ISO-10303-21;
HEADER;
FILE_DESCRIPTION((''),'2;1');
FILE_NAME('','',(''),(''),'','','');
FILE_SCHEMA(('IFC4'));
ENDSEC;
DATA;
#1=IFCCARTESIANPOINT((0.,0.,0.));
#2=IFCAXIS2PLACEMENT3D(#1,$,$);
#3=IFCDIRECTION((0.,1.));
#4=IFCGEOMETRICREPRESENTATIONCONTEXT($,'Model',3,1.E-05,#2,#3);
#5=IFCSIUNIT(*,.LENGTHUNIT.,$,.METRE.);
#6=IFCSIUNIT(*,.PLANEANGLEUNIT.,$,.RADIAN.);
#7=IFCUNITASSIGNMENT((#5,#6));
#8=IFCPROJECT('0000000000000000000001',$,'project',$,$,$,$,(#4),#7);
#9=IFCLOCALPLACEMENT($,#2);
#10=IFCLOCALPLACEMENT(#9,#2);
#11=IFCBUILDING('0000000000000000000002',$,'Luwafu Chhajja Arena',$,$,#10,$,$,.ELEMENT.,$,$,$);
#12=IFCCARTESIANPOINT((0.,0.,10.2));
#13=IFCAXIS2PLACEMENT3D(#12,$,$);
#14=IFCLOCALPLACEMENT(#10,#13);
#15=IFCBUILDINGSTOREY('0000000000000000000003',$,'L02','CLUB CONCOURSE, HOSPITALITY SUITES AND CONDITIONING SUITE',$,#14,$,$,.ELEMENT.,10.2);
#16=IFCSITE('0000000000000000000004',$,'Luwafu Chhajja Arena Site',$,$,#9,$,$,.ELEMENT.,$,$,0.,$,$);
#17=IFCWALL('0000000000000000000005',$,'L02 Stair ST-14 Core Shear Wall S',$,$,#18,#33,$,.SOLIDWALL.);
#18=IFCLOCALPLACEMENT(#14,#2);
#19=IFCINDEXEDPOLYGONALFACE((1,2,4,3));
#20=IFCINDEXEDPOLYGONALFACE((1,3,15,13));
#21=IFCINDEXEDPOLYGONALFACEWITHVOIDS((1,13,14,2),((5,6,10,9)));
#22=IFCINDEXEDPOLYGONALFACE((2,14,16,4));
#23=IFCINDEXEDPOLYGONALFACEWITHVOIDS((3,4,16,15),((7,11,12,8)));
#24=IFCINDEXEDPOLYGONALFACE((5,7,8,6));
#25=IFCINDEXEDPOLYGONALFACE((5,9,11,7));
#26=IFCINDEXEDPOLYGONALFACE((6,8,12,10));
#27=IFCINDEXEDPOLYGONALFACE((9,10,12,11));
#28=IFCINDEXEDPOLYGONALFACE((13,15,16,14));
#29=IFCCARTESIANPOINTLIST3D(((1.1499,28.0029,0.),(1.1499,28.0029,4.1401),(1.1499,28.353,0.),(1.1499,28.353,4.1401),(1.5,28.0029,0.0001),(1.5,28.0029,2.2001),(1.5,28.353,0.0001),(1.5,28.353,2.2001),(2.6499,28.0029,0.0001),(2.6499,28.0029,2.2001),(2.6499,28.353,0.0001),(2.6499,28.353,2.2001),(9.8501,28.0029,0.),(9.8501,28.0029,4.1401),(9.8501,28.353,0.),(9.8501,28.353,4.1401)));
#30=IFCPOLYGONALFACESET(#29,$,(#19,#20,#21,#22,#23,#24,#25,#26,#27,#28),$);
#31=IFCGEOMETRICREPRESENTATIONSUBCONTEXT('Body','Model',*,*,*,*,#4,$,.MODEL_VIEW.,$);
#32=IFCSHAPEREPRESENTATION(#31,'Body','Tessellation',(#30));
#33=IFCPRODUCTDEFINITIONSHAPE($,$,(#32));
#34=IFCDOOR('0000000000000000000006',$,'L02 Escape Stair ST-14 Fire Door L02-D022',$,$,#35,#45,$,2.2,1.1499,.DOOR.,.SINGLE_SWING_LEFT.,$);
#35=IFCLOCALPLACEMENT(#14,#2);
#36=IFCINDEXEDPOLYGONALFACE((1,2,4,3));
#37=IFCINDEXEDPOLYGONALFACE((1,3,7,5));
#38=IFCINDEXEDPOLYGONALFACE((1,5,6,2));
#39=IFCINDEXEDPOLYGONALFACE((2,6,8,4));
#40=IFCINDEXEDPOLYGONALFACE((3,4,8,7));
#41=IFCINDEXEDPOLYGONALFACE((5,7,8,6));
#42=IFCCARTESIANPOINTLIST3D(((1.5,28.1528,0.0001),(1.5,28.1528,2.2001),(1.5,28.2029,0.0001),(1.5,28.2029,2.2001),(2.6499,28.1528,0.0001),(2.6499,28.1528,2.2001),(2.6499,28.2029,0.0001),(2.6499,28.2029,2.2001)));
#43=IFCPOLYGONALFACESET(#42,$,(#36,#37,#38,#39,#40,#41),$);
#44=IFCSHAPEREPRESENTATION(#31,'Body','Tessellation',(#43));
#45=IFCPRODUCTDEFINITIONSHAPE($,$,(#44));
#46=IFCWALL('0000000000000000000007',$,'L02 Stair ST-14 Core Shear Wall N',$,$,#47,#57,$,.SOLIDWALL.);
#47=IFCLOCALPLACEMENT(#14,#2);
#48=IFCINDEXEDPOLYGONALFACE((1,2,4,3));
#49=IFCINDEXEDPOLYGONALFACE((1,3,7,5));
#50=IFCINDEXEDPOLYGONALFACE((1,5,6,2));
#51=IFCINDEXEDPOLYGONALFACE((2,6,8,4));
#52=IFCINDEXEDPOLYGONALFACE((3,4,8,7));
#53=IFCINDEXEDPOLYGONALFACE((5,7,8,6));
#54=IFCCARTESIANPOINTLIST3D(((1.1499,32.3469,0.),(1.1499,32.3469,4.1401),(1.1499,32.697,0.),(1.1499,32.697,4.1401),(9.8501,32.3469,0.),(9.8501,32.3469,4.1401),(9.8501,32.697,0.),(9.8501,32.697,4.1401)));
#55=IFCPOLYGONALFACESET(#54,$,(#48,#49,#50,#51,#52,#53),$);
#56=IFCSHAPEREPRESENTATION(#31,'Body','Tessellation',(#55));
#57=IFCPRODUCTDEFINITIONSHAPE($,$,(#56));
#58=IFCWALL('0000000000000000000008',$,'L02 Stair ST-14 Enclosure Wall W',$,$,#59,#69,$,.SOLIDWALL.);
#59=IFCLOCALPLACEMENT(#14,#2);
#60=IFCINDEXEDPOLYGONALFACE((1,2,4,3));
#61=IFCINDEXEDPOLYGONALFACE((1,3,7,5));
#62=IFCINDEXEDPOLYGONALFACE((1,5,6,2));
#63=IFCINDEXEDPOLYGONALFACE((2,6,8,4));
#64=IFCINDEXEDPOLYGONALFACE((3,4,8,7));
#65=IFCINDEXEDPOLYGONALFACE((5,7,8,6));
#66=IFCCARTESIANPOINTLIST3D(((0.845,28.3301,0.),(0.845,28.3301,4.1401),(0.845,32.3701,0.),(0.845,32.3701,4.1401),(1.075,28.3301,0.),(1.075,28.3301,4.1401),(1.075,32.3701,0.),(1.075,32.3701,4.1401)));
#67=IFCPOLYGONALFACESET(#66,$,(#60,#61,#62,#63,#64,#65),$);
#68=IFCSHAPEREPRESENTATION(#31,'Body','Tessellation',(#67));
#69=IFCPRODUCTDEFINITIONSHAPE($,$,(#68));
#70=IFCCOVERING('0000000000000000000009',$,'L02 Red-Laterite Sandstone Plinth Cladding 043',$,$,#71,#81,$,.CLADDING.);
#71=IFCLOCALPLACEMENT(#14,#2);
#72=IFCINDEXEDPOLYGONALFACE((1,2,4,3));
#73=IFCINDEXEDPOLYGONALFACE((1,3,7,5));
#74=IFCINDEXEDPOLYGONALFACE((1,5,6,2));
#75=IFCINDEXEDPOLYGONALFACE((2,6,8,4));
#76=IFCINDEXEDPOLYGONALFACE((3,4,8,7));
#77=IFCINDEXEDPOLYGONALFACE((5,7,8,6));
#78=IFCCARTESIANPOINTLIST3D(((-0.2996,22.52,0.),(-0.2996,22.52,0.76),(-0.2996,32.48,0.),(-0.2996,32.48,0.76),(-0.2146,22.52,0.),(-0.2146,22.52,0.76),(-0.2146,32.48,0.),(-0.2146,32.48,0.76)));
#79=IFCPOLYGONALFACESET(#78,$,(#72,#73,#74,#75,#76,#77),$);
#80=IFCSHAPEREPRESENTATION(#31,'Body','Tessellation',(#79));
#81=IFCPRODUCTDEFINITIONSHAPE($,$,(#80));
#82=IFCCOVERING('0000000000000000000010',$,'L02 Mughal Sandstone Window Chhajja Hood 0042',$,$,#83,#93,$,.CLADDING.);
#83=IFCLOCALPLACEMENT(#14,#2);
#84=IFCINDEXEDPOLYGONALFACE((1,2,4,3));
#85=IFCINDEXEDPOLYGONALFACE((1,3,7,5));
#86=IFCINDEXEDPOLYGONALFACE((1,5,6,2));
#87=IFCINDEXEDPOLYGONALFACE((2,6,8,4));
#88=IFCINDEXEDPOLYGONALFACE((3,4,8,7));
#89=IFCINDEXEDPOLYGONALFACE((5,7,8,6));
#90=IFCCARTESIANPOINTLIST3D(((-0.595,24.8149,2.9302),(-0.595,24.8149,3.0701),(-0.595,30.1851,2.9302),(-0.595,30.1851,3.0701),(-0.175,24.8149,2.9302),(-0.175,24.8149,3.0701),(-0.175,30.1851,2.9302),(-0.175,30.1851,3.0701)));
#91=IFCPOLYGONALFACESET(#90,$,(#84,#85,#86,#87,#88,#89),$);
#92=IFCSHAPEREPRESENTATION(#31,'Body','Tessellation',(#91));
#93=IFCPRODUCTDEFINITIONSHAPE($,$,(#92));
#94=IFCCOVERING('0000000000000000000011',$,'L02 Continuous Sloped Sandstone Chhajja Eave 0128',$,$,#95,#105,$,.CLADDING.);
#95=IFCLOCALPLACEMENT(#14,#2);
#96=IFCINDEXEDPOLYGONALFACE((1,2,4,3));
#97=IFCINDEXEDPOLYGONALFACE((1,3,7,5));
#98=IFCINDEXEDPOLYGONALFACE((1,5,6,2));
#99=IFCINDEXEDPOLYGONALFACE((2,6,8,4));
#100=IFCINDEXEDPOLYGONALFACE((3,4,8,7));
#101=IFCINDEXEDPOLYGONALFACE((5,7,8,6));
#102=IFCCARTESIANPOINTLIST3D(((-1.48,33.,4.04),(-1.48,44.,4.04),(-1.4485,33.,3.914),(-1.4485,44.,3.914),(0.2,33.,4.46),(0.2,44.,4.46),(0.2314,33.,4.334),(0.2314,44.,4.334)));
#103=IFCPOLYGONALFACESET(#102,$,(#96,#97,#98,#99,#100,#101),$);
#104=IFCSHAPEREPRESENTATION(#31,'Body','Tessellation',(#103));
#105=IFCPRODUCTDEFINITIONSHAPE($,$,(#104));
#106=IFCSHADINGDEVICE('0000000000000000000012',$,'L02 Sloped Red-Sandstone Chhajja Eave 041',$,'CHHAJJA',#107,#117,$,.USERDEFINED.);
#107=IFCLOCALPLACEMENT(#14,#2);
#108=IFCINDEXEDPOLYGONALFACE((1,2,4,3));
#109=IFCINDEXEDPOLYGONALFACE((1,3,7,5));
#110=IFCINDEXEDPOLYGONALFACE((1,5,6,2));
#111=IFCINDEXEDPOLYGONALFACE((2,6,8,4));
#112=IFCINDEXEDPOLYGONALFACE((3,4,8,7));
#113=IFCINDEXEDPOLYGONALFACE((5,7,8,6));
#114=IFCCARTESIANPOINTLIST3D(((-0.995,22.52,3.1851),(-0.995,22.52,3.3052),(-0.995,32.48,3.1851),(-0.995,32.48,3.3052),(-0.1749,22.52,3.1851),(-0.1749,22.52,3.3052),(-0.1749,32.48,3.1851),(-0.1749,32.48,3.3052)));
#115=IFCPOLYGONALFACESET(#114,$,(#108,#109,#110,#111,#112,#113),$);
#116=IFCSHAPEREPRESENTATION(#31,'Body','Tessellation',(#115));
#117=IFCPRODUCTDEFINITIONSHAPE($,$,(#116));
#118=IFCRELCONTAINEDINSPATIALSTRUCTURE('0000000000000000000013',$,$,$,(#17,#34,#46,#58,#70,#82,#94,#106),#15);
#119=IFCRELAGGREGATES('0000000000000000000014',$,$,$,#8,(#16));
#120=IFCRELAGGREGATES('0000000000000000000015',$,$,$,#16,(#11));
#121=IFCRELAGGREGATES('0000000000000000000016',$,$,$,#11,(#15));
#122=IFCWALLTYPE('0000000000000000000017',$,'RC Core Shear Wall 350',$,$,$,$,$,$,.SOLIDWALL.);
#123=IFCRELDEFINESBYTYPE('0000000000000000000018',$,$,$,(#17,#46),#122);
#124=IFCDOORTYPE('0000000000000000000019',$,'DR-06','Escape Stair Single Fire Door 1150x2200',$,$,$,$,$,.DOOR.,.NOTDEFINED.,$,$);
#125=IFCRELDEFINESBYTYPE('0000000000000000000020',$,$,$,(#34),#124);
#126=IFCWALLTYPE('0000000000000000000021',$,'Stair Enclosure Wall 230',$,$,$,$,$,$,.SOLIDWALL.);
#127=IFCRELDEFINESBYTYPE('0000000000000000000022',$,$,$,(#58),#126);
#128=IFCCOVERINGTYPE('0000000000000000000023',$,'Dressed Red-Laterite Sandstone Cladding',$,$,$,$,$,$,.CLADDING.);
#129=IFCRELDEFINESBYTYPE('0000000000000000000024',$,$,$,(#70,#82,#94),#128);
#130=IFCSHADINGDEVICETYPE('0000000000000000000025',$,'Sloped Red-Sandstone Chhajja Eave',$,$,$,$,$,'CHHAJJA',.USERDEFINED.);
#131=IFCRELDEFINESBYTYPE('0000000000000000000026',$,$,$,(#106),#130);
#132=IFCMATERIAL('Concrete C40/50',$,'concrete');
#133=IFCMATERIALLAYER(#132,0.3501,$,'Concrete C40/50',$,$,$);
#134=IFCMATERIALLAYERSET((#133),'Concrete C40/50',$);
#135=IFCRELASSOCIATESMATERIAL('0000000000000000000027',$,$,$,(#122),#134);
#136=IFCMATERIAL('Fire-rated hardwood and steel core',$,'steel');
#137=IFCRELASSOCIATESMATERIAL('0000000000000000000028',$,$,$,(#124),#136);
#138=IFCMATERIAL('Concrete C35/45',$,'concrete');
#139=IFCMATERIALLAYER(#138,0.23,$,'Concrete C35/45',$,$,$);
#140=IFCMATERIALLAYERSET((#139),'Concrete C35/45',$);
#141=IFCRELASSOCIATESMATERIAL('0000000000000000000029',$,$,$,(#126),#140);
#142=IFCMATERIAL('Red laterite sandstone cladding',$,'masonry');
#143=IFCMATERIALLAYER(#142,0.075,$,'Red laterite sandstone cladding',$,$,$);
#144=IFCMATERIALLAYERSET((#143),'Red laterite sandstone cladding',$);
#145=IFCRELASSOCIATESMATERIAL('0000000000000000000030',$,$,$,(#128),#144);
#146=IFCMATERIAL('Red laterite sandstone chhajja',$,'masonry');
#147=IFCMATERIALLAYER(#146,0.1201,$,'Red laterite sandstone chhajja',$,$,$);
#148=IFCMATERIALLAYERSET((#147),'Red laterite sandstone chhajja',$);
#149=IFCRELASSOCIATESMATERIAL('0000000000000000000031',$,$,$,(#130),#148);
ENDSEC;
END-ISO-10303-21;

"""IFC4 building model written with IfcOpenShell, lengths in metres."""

from ifc_helpers import new_model, si_unit, direction, frame, frame_2d, origin, origin_2d, place, context, subcontext, project, spatial, polyline, rectangle, outline, extrude, material, layer, layer_set, type_object, element, fill, save


model = new_model("IFC4")

# Units and contexts
model_context = context("Model", 3, precision=1e-05, world=origin(), true_north=direction((0.0, 1.0)))
body_context = subcontext(model_context, "Body", "Model", "MODEL_VIEW")
ifc_project = project(units=[si_unit("LENGTHUNIT", "METRE"), si_unit("PLANEANGLEUNIT", "RADIAN")], contexts=[model_context])

# Site, building, storey
site_placement = place(None, origin())
site = spatial("IfcSite", under=ifc_project, at=site_placement, Name="Luwafu Chhajja Arena Site", CompositionType="ELEMENT", RefElevation=0.0)
building_placement = place(site_placement, origin())
building = spatial("IfcBuilding", under=site, at=building_placement, Name="Luwafu Chhajja Arena", CompositionType="ELEMENT")
storey_placement = place(building_placement, frame((0.0, 0.0, 10.2)))
storey = spatial("IfcBuildingStorey", under=building, at=storey_placement, Name="L02", Description="CLUB CONCOURSE, HOSPITALITY SUITES AND CONDITIONING SUITE", CompositionType="ELEMENT", Elevation=10.2)

# Shared definitions
ifc_material_1 = material(Name="Concrete C40/50", Category="concrete")

# Shared definitions
ifc_material_2 = material(Name="Concrete C35/45", Category="concrete")

# Shared definitions
ifc_layer_1 = layer(ifc_material_1, 0.3501, Name="Concrete C40/50")
ifc_layer_set_1 = layer_set([ifc_layer_1], Name="Concrete C40/50")
wall_type_1 = type_object("IfcWallType", Name="RC Core Shear Wall 350", PredefinedType="SOLIDWALL", material=ifc_layer_set_1)
ifc_material_3 = material(Name="Fire-rated hardwood and steel core", Category="steel")
door_type = type_object("IfcDoorType", Name="DR-06", Description="Escape Stair Single Fire Door 1150x2200", OperationType="NOTDEFINED", PredefinedType="DOOR", material=ifc_material_3)

# Wall, opening, door
wall_1_placement = place(storey_placement, frame((1.1499, 28.178, 0.0), z_axis=(0.0, 0.0, 1.0), x_axis=(1.0, 0.0, 0.0)))
wall_1 = element("IfcWall", 1, at=wall_1_placement, inside=storey, type_object=wall_type_1, Name="L02 Stair ST-14 Core Shear Wall S", PredefinedType="SOLIDWALL", context=body_context, shape_type="SweptSolid", body=[
    extrude(rectangle(XDim=8.7002, YDim=0.3501, at=frame_2d((4.3501, 0.0))), origin(), (0.0, 0.0, 1.0), 4.1401),
])
opening_1_placement = place(wall_1_placement, frame((0.3501, 0.0, 0.0)))
opening_1 = element("IfcOpeningElement", 2, at=opening_1_placement, cuts=wall_1, PredefinedType="OPENING", context=body_context, shape_type="SweptSolid", body=[
    extrude(rectangle(XDim=1.1499, YDim=2.2, at=frame_2d((0.575, 1.1001))), frame((0.0, 0.1851, 0.0), z_axis=(0.0, -1.0, 0.0), x_axis=(1.0, 0.0, 0.0)), (0.0, 0.0, 1.0), 0.3701),
])
door_1_placement = place(opening_1_placement, origin())
door_1 = element("IfcDoor", 3, at=door_1_placement, inside=storey, type_object=door_type, Name="L02 Escape Stair ST-14 Fire Door L02-D022", OperationType="SINGLE_SWING_LEFT", OverallHeight=2.2, OverallWidth=1.1499, PredefinedType="DOOR", context=body_context, shape_type="SweptSolid", body=[
    extrude(rectangle(XDim=1.1499, YDim=2.2, at=frame_2d((0.575, 1.1001))), frame((0.0, 0.0249, 0.0), z_axis=(0.0, -1.0, 0.0), x_axis=(1.0, 0.0, 0.0)), (0.0, 0.0, 1.0), 0.05),
])
fill(opening_1, door_1)

# Walls
wall_2_placement = place(storey_placement, frame((1.1499, 32.522, 0.0), z_axis=(0.0, 0.0, 1.0), x_axis=(1.0, 0.0, 0.0)))
element("IfcWall", 4, at=wall_2_placement, inside=storey, type_object=wall_type_1, Name="L02 Stair ST-14 Core Shear Wall N", PredefinedType="SOLIDWALL", context=body_context, shape_type="SweptSolid", body=[
    extrude(rectangle(XDim=8.7002, YDim=0.3501, at=frame_2d((4.3501, 0.0))), origin(), (0.0, 0.0, 1.0), 4.1401),
])
ifc_layer_2 = layer(ifc_material_2, 0.23, Name="Concrete C35/45")
ifc_layer_set_2 = layer_set([ifc_layer_2], Name="Concrete C35/45")
wall_type_2 = type_object("IfcWallType", Name="Stair Enclosure Wall 230", PredefinedType="SOLIDWALL", material=ifc_layer_set_2)
wall_3_placement = place(storey_placement, frame((0.96, 28.3301, 0.0), z_axis=(0.0, 0.0, 1.0), x_axis=(0.0, 1.0, 0.0)))
element("IfcWall", 5, at=wall_3_placement, inside=storey, type_object=wall_type_2, Name="L02 Stair ST-14 Enclosure Wall W", PredefinedType="SOLIDWALL", context=body_context, shape_type="SweptSolid", body=[
    extrude(rectangle(XDim=4.04, YDim=0.23, at=frame_2d((2.02, 0.0))), origin(), (0.0, 0.0, 1.0), 4.1401),
])

# Coverings
ifc_material_4 = material(Name="Red laterite sandstone cladding", Category="masonry")
ifc_layer_3 = layer(ifc_material_4, 0.075, Name="Red laterite sandstone cladding")
ifc_layer_set_3 = layer_set([ifc_layer_3], Name="Red laterite sandstone cladding")
covering_type = type_object("IfcCoveringType", Name="Dressed Red-Laterite Sandstone Cladding", PredefinedType="CLADDING", material=ifc_layer_set_3)
covering_1_placement = place(storey_placement, frame((-0.2571, 27.5, 0.0), z_axis=(0.0, 0.0, 1.0), x_axis=(0.0, 1.0, 0.0)))
element("IfcCovering", 6, at=covering_1_placement, inside=storey, type_object=covering_type, Name="L02 Red-Laterite Sandstone Plinth Cladding 043", PredefinedType="CLADDING", context=body_context, shape_type="SweptSolid", body=[
    extrude(rectangle(XDim=9.96, YDim=0.085, at=origin_2d()), origin(), (0.0, 0.0, 1.0), 0.76),
])
covering_2_placement = place(storey_placement, frame((-0.385, 27.5, 2.9302), z_axis=(0.0, 0.0, 1.0), x_axis=(0.0, 1.0, 0.0)))
element("IfcCovering", 7, at=covering_2_placement, inside=storey, type_object=covering_type, Name="L02 Mughal Sandstone Window Chhajja Hood 0042", PredefinedType="CLADDING", context=body_context, shape_type="SweptSolid", body=[
    extrude(rectangle(XDim=5.3701, YDim=0.4199, at=origin_2d()), origin(), (0.0, 0.0, 1.0), 0.1399),
])
covering_3_placement = place(storey_placement, frame((0.2, 33.0, 4.46), z_axis=(-0.242502, 0.0, 0.970151), x_axis=(0.0, 1.0, 0.0)))
element("IfcCovering", 8, at=covering_3_placement, inside=storey, type_object=covering_type, Name="L02 Continuous Sloped Sandstone Chhajja Eave 0128", PredefinedType="CLADDING", context=body_context, shape_type="SweptSolid", body=[
    extrude(outline(polyline([(0.0, 0.0), (11.0, 0.0), (11.0, 1.7316), (0.0, 1.7316), (0.0, 0.0)])), origin(), (0.0, 0.0, -1.0), 0.1299),
])

# Shading device
ifc_material_5 = material(Name="Red laterite sandstone chhajja", Category="masonry")
ifc_layer_4 = layer(ifc_material_5, 0.1201, Name="Red laterite sandstone chhajja")
ifc_layer_set_4 = layer_set([ifc_layer_4], Name="Red laterite sandstone chhajja")
shading_device_type = type_object("IfcShadingDeviceType", Name="Sloped Red-Sandstone Chhajja Eave", ElementType="CHHAJJA", PredefinedType="USERDEFINED", material=ifc_layer_set_4)
shading_device_placement = place(storey_placement, frame((-0.585, 27.5, 3.1851), z_axis=(0.0, 0.0, 1.0), x_axis=(0.0, 1.0, 0.0)))
element("IfcShadingDevice", 9, at=shading_device_placement, inside=storey, type_object=shading_device_type, Name="L02 Sloped Red-Sandstone Chhajja Eave 041", ObjectType="CHHAJJA", PredefinedType="USERDEFINED", context=body_context, shape_type="SweptSolid", body=[
    extrude(rectangle(XDim=9.96, YDim=0.8201, at=origin_2d()), origin(), (0.0, 0.0, 1.0), 0.1201),
])

save(model, "model.ifc")
